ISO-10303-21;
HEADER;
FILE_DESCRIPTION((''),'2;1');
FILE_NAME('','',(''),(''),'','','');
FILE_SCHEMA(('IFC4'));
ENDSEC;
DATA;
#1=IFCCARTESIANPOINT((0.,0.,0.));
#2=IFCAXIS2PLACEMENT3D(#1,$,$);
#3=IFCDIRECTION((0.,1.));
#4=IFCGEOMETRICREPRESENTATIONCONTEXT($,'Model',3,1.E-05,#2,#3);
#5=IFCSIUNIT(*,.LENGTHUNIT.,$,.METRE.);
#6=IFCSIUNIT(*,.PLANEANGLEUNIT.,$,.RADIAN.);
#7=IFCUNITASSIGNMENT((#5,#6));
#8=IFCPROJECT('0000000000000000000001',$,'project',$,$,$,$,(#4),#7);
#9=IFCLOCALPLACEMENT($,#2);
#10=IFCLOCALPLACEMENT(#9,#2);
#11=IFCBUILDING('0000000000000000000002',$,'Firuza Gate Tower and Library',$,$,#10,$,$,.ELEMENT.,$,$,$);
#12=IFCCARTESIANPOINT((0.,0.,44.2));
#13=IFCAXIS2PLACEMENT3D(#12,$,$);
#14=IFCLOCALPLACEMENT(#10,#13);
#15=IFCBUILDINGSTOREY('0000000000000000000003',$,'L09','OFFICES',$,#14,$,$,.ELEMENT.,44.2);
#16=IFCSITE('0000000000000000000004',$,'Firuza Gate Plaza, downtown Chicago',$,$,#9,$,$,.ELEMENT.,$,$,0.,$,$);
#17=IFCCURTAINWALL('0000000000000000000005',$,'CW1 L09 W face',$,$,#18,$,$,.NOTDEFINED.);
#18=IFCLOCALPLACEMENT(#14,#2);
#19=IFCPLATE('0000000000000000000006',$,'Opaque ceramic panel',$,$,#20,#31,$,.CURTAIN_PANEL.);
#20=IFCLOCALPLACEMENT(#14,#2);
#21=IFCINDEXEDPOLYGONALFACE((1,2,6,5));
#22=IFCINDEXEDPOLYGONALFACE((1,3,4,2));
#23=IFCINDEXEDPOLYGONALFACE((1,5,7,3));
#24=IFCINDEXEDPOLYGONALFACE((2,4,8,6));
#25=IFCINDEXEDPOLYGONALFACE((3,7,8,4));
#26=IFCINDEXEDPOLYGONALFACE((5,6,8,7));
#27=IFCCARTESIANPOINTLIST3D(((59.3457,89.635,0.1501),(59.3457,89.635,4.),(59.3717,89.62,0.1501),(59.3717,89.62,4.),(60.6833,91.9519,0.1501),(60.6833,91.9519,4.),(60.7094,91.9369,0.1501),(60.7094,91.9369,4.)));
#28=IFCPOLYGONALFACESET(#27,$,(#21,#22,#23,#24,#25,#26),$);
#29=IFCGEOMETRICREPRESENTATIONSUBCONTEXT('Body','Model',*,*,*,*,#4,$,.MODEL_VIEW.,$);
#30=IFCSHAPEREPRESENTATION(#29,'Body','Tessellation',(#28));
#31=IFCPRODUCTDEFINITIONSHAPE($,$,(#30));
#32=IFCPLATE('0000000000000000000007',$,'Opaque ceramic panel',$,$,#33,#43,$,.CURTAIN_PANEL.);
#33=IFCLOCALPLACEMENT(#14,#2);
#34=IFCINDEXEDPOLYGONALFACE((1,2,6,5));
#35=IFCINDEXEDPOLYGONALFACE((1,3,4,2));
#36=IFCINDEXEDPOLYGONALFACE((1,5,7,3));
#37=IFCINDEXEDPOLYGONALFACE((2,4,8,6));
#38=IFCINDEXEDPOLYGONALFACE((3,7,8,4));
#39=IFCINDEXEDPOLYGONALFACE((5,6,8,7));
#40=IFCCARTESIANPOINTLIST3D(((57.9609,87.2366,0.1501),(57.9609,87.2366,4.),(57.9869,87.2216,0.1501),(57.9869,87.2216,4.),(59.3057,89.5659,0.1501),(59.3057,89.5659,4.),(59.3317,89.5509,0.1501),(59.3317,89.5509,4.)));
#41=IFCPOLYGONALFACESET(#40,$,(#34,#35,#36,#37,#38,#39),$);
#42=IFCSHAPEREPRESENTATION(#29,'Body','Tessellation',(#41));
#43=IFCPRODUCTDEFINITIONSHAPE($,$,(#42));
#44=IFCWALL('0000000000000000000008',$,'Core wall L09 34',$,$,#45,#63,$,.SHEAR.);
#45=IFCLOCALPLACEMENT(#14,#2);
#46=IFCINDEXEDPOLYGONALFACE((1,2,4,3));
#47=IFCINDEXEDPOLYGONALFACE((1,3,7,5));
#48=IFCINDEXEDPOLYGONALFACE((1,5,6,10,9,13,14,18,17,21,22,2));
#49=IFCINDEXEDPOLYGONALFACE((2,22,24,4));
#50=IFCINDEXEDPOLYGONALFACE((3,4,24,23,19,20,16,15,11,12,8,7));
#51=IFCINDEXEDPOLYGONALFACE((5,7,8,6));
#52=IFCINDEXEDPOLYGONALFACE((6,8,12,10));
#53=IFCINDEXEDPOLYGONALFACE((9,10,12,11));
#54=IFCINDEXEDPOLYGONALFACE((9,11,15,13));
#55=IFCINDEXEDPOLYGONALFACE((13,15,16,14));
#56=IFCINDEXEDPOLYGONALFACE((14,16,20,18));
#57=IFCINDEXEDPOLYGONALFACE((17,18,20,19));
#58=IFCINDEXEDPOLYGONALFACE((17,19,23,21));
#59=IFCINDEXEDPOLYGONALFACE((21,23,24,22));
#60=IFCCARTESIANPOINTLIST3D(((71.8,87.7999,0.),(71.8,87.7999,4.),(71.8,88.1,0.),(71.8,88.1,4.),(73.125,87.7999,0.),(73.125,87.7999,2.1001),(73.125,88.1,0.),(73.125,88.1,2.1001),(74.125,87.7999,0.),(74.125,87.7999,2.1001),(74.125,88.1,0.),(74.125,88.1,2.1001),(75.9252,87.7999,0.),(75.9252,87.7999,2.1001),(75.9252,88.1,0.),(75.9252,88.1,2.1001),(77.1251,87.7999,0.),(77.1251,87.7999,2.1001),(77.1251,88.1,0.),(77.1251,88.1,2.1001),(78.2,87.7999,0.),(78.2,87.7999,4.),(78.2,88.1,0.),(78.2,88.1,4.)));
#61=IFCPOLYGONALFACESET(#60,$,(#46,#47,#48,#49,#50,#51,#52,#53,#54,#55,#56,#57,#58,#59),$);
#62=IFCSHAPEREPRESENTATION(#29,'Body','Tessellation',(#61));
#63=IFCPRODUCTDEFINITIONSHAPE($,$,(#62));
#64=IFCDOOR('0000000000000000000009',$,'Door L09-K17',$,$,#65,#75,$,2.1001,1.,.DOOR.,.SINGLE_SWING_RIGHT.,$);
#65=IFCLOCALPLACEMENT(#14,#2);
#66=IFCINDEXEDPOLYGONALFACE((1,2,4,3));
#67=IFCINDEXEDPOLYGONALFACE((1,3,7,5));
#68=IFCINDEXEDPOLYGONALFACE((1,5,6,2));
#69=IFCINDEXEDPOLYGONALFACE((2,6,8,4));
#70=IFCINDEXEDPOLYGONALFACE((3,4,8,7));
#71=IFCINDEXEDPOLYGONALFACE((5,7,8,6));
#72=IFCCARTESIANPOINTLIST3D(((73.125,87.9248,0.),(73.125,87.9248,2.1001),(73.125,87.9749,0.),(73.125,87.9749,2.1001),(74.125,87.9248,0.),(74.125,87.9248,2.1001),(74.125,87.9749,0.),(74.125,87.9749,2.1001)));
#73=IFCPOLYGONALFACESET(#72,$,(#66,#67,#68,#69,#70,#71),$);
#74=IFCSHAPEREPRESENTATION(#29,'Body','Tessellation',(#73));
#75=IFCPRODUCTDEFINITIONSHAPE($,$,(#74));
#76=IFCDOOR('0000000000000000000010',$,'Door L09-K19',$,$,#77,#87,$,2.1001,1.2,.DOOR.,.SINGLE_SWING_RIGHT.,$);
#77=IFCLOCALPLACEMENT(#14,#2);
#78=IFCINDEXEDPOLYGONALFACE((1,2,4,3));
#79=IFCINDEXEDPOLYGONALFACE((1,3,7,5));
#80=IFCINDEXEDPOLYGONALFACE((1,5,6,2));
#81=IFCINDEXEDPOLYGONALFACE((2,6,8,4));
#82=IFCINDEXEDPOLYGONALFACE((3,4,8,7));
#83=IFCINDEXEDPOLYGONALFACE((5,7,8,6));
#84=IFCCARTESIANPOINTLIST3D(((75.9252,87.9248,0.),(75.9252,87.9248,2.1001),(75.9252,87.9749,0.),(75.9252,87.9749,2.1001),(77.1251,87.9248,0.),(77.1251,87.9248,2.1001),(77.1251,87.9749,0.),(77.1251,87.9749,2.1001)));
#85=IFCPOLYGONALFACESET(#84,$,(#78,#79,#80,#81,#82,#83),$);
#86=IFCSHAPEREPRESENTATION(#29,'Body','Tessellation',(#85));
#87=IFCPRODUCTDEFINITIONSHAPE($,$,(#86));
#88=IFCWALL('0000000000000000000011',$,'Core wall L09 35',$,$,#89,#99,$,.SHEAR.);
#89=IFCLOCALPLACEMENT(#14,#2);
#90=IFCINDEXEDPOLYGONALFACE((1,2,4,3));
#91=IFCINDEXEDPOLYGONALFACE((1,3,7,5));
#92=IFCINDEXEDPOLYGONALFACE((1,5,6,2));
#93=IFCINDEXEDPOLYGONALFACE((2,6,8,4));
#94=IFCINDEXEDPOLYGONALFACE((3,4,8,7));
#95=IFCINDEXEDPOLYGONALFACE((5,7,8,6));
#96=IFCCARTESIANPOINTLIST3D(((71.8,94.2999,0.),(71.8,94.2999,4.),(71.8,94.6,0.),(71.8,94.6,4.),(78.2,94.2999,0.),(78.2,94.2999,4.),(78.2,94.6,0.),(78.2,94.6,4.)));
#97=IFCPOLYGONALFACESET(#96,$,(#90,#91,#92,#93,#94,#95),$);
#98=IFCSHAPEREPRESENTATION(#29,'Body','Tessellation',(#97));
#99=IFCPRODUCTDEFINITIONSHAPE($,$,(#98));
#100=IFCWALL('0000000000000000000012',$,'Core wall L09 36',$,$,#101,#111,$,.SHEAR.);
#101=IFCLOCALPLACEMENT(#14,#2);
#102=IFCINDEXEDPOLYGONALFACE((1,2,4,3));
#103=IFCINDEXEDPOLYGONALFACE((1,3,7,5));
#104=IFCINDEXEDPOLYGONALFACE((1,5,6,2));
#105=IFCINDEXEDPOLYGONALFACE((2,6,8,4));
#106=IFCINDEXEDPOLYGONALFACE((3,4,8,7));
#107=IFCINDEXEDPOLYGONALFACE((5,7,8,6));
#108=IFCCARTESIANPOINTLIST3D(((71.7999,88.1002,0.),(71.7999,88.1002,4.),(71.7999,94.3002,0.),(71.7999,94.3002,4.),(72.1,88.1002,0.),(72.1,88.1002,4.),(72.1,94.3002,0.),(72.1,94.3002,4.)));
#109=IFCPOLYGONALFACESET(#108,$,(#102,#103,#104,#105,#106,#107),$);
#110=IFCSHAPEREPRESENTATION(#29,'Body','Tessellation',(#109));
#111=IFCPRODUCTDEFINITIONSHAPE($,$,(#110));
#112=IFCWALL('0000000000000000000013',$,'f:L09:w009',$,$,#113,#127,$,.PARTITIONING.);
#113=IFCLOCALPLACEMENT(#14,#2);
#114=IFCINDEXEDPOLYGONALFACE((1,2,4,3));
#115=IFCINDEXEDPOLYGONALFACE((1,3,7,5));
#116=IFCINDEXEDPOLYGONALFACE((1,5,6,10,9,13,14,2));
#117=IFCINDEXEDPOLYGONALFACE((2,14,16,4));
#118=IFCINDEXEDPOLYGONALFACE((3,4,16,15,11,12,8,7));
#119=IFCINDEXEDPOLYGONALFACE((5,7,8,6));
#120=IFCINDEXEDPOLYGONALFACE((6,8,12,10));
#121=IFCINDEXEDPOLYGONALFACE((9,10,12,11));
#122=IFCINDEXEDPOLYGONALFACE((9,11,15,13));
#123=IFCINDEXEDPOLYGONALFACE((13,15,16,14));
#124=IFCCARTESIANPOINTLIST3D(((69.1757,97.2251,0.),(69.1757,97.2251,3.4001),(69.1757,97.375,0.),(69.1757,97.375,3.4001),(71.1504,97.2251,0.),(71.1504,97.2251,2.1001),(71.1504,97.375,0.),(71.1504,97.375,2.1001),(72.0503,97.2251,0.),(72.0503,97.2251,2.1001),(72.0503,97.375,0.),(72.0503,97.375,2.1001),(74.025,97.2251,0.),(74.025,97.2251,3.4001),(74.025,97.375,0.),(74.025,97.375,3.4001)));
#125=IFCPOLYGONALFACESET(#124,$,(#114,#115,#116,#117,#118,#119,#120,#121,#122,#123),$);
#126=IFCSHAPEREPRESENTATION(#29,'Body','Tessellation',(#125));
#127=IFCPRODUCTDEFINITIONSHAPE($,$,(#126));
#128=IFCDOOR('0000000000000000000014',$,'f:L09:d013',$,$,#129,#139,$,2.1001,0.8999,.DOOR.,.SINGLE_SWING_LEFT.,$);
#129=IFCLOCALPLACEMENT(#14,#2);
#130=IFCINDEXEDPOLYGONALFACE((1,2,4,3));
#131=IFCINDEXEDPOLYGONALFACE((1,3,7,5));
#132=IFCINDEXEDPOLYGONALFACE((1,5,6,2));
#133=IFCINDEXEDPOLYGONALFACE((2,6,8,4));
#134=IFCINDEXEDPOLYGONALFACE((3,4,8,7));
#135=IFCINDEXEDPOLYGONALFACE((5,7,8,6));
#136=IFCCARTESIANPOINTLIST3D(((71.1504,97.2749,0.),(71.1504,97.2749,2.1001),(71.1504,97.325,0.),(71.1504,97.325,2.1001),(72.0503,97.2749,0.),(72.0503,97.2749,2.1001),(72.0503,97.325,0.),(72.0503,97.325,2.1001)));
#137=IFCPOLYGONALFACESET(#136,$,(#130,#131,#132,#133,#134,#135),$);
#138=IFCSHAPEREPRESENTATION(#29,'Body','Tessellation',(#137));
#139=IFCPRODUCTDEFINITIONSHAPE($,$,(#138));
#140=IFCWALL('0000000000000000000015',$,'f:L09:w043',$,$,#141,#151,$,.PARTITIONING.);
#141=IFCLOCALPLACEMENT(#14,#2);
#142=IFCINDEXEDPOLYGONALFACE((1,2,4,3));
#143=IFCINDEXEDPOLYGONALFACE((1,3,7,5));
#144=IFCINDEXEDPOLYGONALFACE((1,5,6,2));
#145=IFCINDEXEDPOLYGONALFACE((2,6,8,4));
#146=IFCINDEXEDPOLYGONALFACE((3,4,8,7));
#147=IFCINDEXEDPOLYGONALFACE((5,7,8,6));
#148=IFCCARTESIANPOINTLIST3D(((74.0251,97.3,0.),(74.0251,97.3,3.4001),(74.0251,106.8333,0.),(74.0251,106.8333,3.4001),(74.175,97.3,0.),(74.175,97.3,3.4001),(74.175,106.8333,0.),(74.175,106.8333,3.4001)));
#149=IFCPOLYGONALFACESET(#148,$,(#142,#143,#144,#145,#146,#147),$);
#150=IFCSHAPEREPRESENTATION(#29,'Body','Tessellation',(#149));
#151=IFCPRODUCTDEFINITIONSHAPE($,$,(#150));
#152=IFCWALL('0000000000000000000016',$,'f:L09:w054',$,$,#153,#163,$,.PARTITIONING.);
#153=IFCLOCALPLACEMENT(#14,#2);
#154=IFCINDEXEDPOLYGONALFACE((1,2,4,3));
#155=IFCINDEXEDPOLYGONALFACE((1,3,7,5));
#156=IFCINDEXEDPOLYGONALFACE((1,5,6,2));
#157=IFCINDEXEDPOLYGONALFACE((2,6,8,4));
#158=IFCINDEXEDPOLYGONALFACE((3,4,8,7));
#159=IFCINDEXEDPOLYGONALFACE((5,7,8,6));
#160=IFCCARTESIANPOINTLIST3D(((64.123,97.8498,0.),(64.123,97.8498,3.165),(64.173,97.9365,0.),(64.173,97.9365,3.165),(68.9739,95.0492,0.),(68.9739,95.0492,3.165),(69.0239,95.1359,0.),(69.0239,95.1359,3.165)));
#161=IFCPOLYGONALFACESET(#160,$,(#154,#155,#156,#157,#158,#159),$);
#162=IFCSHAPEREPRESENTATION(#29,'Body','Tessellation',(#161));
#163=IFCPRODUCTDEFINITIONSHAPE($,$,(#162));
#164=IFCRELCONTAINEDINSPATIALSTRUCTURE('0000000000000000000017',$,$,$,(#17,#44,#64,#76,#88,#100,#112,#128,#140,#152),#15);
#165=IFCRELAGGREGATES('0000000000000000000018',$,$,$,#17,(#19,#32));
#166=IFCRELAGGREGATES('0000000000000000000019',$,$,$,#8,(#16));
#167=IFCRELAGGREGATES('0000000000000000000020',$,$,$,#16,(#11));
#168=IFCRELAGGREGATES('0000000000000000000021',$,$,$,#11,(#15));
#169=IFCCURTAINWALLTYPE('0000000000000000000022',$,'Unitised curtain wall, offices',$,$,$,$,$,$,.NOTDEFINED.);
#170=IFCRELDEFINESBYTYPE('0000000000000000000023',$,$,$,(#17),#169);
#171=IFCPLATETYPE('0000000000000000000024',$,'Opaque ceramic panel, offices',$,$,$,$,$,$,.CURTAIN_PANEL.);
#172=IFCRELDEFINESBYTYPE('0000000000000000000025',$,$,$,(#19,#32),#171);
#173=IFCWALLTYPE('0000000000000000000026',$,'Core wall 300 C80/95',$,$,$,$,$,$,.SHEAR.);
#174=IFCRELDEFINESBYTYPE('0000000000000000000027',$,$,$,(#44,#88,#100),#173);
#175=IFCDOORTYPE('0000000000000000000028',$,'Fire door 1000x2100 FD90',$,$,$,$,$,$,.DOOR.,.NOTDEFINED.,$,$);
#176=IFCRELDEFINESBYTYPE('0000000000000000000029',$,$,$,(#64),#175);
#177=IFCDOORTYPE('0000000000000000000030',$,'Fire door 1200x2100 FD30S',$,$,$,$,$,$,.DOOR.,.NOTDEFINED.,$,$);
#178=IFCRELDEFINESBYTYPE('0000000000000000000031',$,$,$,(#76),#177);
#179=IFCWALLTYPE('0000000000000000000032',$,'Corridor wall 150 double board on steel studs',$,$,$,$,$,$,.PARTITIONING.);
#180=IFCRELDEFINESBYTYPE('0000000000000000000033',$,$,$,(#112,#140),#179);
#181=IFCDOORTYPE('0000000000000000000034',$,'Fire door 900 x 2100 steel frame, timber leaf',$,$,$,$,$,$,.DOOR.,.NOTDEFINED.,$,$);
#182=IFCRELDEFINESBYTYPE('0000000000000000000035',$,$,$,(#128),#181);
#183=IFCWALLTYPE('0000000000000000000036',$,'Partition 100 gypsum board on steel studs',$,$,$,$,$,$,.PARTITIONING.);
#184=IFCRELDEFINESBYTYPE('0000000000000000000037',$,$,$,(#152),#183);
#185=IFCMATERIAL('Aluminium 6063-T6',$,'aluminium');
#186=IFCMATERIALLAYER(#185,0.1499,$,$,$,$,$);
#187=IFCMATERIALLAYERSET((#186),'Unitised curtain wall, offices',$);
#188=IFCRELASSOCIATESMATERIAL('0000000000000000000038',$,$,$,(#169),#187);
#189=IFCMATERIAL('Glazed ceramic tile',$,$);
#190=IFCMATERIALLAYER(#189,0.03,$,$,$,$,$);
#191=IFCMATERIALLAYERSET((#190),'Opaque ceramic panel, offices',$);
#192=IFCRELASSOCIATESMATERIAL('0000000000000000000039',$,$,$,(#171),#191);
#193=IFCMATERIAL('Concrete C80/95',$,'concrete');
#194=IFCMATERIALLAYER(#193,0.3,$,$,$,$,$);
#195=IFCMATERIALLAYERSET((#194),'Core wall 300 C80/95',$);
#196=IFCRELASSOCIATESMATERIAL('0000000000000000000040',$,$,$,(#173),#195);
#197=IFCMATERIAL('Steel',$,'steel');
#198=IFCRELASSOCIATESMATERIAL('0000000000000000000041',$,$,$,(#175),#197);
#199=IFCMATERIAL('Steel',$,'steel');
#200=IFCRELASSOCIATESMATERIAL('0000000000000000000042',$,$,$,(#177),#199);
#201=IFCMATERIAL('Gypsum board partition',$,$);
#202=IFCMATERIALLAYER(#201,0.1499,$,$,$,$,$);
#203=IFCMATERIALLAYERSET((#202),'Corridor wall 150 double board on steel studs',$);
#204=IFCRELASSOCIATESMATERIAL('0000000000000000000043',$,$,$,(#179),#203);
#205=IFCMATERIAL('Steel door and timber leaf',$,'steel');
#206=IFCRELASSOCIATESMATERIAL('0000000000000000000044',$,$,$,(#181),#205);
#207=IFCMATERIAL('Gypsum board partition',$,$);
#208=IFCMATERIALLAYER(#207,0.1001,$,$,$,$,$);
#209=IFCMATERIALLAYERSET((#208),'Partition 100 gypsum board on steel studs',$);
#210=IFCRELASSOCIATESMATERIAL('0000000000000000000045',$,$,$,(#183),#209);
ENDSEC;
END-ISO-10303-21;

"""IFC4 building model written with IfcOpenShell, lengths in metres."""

from ifc_helpers import new_model, si_unit, direction, frame, frame_2d, origin, place, context, subcontext, project, spatial, polyline, rectangle, outline, extrude, material, layer, layer_set, type_object, element, fill, aggregate, save


model = new_model("IFC4")

# Units and contexts
model_context = context("Model", 3, precision=1e-05, world=origin(), true_north=direction((0.0, 1.0)))
body_context = subcontext(model_context, "Body", "Model", "MODEL_VIEW")
ifc_project = project(units=[si_unit("LENGTHUNIT", "METRE"), si_unit("PLANEANGLEUNIT", "RADIAN")], contexts=[model_context])

# Site, building, storey
site_placement = place(None, origin())
site = spatial("IfcSite", under=ifc_project, at=site_placement, Name="Firuza Gate Plaza, downtown Chicago", CompositionType="ELEMENT", RefElevation=0.0)
building_placement = place(site_placement, origin())
building = spatial("IfcBuilding", under=site, at=building_placement, Name="Firuza Gate Tower and Library", CompositionType="ELEMENT")
storey_placement = place(building_placement, frame((0.0, 0.0, 44.2)))
storey = spatial("IfcBuildingStorey", under=building, at=storey_placement, Name="L09", Description="OFFICES", CompositionType="ELEMENT", Elevation=44.2)

# Curtain wall
ifc_material_1 = material(Name="Aluminium 6063-T6", Category="aluminium")
ifc_layer_1 = layer(ifc_material_1, 0.1499)
ifc_layer_set_1 = layer_set([ifc_layer_1], Name="Unitised curtain wall, offices")
curtain_wall_type = type_object("IfcCurtainWallType", Name="Unitised curtain wall, offices", PredefinedType="NOTDEFINED", material=ifc_layer_set_1)
placement = place(storey_placement, origin())
curtain_wall = element("IfcCurtainWall", 1, at=placement, inside=storey, type_object=curtain_wall_type, Name="CW1 L09 W face", PredefinedType="NOTDEFINED")

# Plates
ifc_material_2 = material(Name="Glazed ceramic tile")
ifc_layer_2 = layer(ifc_material_2, 0.03)
ifc_layer_set_2 = layer_set([ifc_layer_2], Name="Opaque ceramic panel, offices")
plate_type_1 = type_object("IfcPlateType", Name="Opaque ceramic panel, offices", PredefinedType="CURTAIN_PANEL", material=ifc_layer_set_2)
plate_1_placement = place(storey_placement, frame((60.6833, 91.9519, 0.1501), z_axis=(-0.866028, 0.499996, 0.0), x_axis=(-0.499996, -0.866028, 0.0)))
plate_1 = element("IfcPlate", 2, at=plate_1_placement, type_object=plate_type_1, Name="Opaque ceramic panel", PredefinedType="CURTAIN_PANEL", context=body_context, shape_type="SweptSolid", body=[
    extrude(outline(polyline([(0.0, 0.0), (2.6753, 0.0), (2.6753, 3.8499), (0.0, 3.8499), (0.0, 0.0)])), origin(), (0.0, 0.0, -1.0), 0.03),
])
plate_2_placement = place(storey_placement, frame((59.3057, 89.5659, 0.1501), z_axis=(-0.866045, 0.499966, 0.0), x_axis=(-0.499966, -0.866045, 0.0)))
plate_2 = element("IfcPlate", 3, at=plate_2_placement, type_object=plate_type_1, Name="Opaque ceramic panel", PredefinedType="CURTAIN_PANEL", context=body_context, shape_type="SweptSolid", body=[
    extrude(outline(polyline([(0.0, 0.0), (2.6896, 0.0), (2.6896, 3.8499), (0.0, 3.8499), (0.0, 0.0)])), origin(), (0.0, 0.0, -1.0), 0.03),
])
aggregate(curtain_wall, [plate_1, plate_2])

# Wall, openings, doors
ifc_material_3 = material(Name="Concrete C80/95", Category="concrete")
ifc_layer_3 = layer(ifc_material_3, 0.3)
ifc_layer_set_3 = layer_set([ifc_layer_3], Name="Core wall 300 C80/95")
wall_type_1 = type_object("IfcWallType", Name="Core wall 300 C80/95", PredefinedType="SHEAR", material=ifc_layer_set_3)
wall_1_placement = place(storey_placement, frame((71.8, 87.95, 0.0), z_axis=(0.0, 0.0, 1.0), x_axis=(1.0, 0.0, 0.0)))
wall_1 = element("IfcWall", 4, at=wall_1_placement, inside=storey, type_object=wall_type_1, Name="Core wall L09 34", PredefinedType="SHEAR", context=body_context, shape_type="SweptSolid", body=[
    extrude(rectangle(XDim=6.3999, YDim=0.3, at=frame_2d((3.2, 0.0))), origin(), (0.0, 0.0, 1.0), 4.0),
])
opening_1_placement = place(wall_1_placement, frame((1.325, 0.0, 0.0)))
opening_1 = element("IfcOpeningElement", 5, at=opening_1_placement, cuts=wall_1, PredefinedType="OPENING", context=body_context, shape_type="SweptSolid", body=[
    extrude(rectangle(XDim=1.0, YDim=2.1001, at=frame_2d((0.5, 1.05))), frame((0.0, 0.1602, 0.0), z_axis=(0.0, -1.0, 0.0), x_axis=(1.0, 0.0, 0.0)), (0.0, 0.0, 1.0), 0.3201),
])
opening_2_placement = place(wall_1_placement, frame((4.125, 0.0, 0.0)))
opening_2 = element("IfcOpeningElement", 6, at=opening_2_placement, cuts=wall_1, PredefinedType="OPENING", context=body_context, shape_type="SweptSolid", body=[
    extrude(rectangle(XDim=1.2, YDim=2.1001, at=frame_2d((0.6001, 1.05))), frame((0.0, 0.1602, 0.0), z_axis=(0.0, -1.0, 0.0), x_axis=(1.0, 0.0, 0.0)), (0.0, 0.0, 1.0), 0.3201),
])
ifc_material_4 = material(Name="Steel", Category="steel")
door_type_1 = type_object("IfcDoorType", Name="Fire door 1000x2100 FD90", OperationType="NOTDEFINED", PredefinedType="DOOR", material=ifc_material_4)
door_1_placement = place(opening_1_placement, origin())
door_1 = element("IfcDoor", 7, at=door_1_placement, inside=storey, type_object=door_type_1, Name="Door L09-K17", OperationType="SINGLE_SWING_RIGHT", OverallHeight=2.1001, OverallWidth=1.0, PredefinedType="DOOR", context=body_context, shape_type="SweptSolid", body=[
    extrude(rectangle(XDim=1.0, YDim=2.1001, at=frame_2d((0.5, 1.05))), frame((0.0, 0.0249, 0.0), z_axis=(0.0, -1.0, 0.0), x_axis=(1.0, 0.0, 0.0)), (0.0, 0.0, 1.0), 0.05),
])
fill(opening_1, door_1)
ifc_material_5 = material(Name="Steel", Category="steel")
door_type_2 = type_object("IfcDoorType", Name="Fire door 1200x2100 FD30S", OperationType="NOTDEFINED", PredefinedType="DOOR", material=ifc_material_5)
door_2_placement = place(opening_2_placement, origin())
door_2 = element("IfcDoor", 8, at=door_2_placement, inside=storey, type_object=door_type_2, Name="Door L09-K19", OperationType="SINGLE_SWING_RIGHT", OverallHeight=2.1001, OverallWidth=1.2, PredefinedType="DOOR", context=body_context, shape_type="SweptSolid", body=[
    extrude(rectangle(XDim=1.2, YDim=2.1001, at=frame_2d((0.6001, 1.05))), frame((0.0, 0.0249, 0.0), z_axis=(0.0, -1.0, 0.0), x_axis=(1.0, 0.0, 0.0)), (0.0, 0.0, 1.0), 0.05),
])
fill(opening_2, door_2)

# Walls
wall_2_placement = place(storey_placement, frame((71.8, 94.45, 0.0), z_axis=(0.0, 0.0, 1.0), x_axis=(1.0, 0.0, 0.0)))
element("IfcWall", 9, at=wall_2_placement, inside=storey, type_object=wall_type_1, Name="Core wall L09 35", PredefinedType="SHEAR", context=body_context, shape_type="SweptSolid", body=[
    extrude(rectangle(XDim=6.3999, YDim=0.3, at=frame_2d((3.2, 0.0))), origin(), (0.0, 0.0, 1.0), 4.0),
])
wall_3_placement = place(storey_placement, frame((71.95, 88.1001, 0.0), z_axis=(0.0, 0.0, 1.0), x_axis=(0.0, 1.0, 0.0)))
element("IfcWall", 10, at=wall_3_placement, inside=storey, type_object=wall_type_1, Name="Core wall L09 36", PredefinedType="SHEAR", context=body_context, shape_type="SweptSolid", body=[
    extrude(rectangle(XDim=6.2, YDim=0.3, at=frame_2d((3.1001, 0.0))), origin(), (0.0, 0.0, 1.0), 4.0),
])

# Wall, opening, door
ifc_material_6 = material(Name="Gypsum board partition")
ifc_layer_4 = layer(ifc_material_6, 0.1499)
ifc_layer_set_4 = layer_set([ifc_layer_4], Name="Corridor wall 150 double board on steel studs")
wall_type_2 = type_object("IfcWallType", Name="Corridor wall 150 double board on steel studs", PredefinedType="PARTITIONING", material=ifc_layer_set_4)
wall_4_placement = place(storey_placement, frame((69.1755, 97.3, 0.0), z_axis=(0.0, 0.0, 1.0), x_axis=(1.0, 0.0, 0.0)))
wall_4 = element("IfcWall", 11, at=wall_4_placement, inside=storey, type_object=wall_type_2, Name="f:L09:w009", PredefinedType="PARTITIONING", context=body_context, shape_type="SweptSolid", body=[
    extrude(rectangle(XDim=4.8494, YDim=0.1499, at=frame_2d((2.4248, 0.0))), origin(), (0.0, 0.0, 1.0), 3.4001),
])
opening_3_placement = place(wall_4_placement, frame((1.9749, 0.0, 0.0)))
opening_3 = element("IfcOpeningElement", 12, at=opening_3_placement, cuts=wall_4, PredefinedType="OPENING", context=body_context, shape_type="SweptSolid", body=[
    extrude(rectangle(XDim=0.8999, YDim=2.1001, at=frame_2d((0.45, 1.05))), frame((0.0, 0.085, 0.0), z_axis=(0.0, -1.0, 0.0), x_axis=(1.0, 0.0, 0.0)), (0.0, 0.0, 1.0), 0.1699),
])
ifc_material_7 = material(Name="Steel door and timber leaf", Category="steel")
door_type_3 = type_object("IfcDoorType", Name="Fire door 900 x 2100 steel frame, timber leaf", OperationType="NOTDEFINED", PredefinedType="DOOR", material=ifc_material_7)
door_3_placement = place(opening_3_placement, origin())
door_3 = element("IfcDoor", 13, at=door_3_placement, inside=storey, type_object=door_type_3, Name="f:L09:d013", OperationType="SINGLE_SWING_LEFT", OverallHeight=2.1001, OverallWidth=0.8999, PredefinedType="DOOR", context=body_context, shape_type="SweptSolid", body=[
    extrude(rectangle(XDim=0.8999, YDim=2.1001, at=frame_2d((0.45, 1.05))), frame((0.0, 0.0249, 0.0), z_axis=(0.0, -1.0, 0.0), x_axis=(1.0, 0.0, 0.0)), (0.0, 0.0, 1.0), 0.05),
])
fill(opening_3, door_3)

# Walls
wall_5_placement = place(storey_placement, frame((74.1001, 97.3, 0.0), z_axis=(0.0, 0.0, 1.0), x_axis=(0.0, 1.0, 0.0)))
element("IfcWall", 14, at=wall_5_placement, inside=storey, type_object=wall_type_2, Name="f:L09:w043", PredefinedType="PARTITIONING", context=body_context, shape_type="SweptSolid", body=[
    extrude(rectangle(XDim=9.5332, YDim=0.1499, at=frame_2d((4.7666, 0.0))), origin(), (0.0, 0.0, 1.0), 3.4001),
])
ifc_material_8 = material(Name="Gypsum board partition")
ifc_layer_5 = layer(ifc_material_8, 0.1001)
ifc_layer_set_5 = layer_set([ifc_layer_5], Name="Partition 100 gypsum board on steel studs")
wall_type_3 = type_object("IfcWallType", Name="Partition 100 gypsum board on steel studs", PredefinedType="PARTITIONING", material=ifc_layer_set_5)
wall_6_placement = place(storey_placement, frame((68.999, 95.0925, 0.0), z_axis=(0.0, 0.0, 1.0), x_axis=(-0.866032, 0.499988, 0.0)))
element("IfcWall", 15, at=wall_6_placement, inside=storey, type_object=wall_type_3, Name="f:L09:w054", PredefinedType="PARTITIONING", context=body_context, shape_type="SweptSolid", body=[
    extrude(rectangle(XDim=5.6013, YDim=0.1001, at=frame_2d((2.8008, 0.0))), origin(), (0.0, 0.0, 1.0), 3.165),
])

save(model, "model.ifc")
